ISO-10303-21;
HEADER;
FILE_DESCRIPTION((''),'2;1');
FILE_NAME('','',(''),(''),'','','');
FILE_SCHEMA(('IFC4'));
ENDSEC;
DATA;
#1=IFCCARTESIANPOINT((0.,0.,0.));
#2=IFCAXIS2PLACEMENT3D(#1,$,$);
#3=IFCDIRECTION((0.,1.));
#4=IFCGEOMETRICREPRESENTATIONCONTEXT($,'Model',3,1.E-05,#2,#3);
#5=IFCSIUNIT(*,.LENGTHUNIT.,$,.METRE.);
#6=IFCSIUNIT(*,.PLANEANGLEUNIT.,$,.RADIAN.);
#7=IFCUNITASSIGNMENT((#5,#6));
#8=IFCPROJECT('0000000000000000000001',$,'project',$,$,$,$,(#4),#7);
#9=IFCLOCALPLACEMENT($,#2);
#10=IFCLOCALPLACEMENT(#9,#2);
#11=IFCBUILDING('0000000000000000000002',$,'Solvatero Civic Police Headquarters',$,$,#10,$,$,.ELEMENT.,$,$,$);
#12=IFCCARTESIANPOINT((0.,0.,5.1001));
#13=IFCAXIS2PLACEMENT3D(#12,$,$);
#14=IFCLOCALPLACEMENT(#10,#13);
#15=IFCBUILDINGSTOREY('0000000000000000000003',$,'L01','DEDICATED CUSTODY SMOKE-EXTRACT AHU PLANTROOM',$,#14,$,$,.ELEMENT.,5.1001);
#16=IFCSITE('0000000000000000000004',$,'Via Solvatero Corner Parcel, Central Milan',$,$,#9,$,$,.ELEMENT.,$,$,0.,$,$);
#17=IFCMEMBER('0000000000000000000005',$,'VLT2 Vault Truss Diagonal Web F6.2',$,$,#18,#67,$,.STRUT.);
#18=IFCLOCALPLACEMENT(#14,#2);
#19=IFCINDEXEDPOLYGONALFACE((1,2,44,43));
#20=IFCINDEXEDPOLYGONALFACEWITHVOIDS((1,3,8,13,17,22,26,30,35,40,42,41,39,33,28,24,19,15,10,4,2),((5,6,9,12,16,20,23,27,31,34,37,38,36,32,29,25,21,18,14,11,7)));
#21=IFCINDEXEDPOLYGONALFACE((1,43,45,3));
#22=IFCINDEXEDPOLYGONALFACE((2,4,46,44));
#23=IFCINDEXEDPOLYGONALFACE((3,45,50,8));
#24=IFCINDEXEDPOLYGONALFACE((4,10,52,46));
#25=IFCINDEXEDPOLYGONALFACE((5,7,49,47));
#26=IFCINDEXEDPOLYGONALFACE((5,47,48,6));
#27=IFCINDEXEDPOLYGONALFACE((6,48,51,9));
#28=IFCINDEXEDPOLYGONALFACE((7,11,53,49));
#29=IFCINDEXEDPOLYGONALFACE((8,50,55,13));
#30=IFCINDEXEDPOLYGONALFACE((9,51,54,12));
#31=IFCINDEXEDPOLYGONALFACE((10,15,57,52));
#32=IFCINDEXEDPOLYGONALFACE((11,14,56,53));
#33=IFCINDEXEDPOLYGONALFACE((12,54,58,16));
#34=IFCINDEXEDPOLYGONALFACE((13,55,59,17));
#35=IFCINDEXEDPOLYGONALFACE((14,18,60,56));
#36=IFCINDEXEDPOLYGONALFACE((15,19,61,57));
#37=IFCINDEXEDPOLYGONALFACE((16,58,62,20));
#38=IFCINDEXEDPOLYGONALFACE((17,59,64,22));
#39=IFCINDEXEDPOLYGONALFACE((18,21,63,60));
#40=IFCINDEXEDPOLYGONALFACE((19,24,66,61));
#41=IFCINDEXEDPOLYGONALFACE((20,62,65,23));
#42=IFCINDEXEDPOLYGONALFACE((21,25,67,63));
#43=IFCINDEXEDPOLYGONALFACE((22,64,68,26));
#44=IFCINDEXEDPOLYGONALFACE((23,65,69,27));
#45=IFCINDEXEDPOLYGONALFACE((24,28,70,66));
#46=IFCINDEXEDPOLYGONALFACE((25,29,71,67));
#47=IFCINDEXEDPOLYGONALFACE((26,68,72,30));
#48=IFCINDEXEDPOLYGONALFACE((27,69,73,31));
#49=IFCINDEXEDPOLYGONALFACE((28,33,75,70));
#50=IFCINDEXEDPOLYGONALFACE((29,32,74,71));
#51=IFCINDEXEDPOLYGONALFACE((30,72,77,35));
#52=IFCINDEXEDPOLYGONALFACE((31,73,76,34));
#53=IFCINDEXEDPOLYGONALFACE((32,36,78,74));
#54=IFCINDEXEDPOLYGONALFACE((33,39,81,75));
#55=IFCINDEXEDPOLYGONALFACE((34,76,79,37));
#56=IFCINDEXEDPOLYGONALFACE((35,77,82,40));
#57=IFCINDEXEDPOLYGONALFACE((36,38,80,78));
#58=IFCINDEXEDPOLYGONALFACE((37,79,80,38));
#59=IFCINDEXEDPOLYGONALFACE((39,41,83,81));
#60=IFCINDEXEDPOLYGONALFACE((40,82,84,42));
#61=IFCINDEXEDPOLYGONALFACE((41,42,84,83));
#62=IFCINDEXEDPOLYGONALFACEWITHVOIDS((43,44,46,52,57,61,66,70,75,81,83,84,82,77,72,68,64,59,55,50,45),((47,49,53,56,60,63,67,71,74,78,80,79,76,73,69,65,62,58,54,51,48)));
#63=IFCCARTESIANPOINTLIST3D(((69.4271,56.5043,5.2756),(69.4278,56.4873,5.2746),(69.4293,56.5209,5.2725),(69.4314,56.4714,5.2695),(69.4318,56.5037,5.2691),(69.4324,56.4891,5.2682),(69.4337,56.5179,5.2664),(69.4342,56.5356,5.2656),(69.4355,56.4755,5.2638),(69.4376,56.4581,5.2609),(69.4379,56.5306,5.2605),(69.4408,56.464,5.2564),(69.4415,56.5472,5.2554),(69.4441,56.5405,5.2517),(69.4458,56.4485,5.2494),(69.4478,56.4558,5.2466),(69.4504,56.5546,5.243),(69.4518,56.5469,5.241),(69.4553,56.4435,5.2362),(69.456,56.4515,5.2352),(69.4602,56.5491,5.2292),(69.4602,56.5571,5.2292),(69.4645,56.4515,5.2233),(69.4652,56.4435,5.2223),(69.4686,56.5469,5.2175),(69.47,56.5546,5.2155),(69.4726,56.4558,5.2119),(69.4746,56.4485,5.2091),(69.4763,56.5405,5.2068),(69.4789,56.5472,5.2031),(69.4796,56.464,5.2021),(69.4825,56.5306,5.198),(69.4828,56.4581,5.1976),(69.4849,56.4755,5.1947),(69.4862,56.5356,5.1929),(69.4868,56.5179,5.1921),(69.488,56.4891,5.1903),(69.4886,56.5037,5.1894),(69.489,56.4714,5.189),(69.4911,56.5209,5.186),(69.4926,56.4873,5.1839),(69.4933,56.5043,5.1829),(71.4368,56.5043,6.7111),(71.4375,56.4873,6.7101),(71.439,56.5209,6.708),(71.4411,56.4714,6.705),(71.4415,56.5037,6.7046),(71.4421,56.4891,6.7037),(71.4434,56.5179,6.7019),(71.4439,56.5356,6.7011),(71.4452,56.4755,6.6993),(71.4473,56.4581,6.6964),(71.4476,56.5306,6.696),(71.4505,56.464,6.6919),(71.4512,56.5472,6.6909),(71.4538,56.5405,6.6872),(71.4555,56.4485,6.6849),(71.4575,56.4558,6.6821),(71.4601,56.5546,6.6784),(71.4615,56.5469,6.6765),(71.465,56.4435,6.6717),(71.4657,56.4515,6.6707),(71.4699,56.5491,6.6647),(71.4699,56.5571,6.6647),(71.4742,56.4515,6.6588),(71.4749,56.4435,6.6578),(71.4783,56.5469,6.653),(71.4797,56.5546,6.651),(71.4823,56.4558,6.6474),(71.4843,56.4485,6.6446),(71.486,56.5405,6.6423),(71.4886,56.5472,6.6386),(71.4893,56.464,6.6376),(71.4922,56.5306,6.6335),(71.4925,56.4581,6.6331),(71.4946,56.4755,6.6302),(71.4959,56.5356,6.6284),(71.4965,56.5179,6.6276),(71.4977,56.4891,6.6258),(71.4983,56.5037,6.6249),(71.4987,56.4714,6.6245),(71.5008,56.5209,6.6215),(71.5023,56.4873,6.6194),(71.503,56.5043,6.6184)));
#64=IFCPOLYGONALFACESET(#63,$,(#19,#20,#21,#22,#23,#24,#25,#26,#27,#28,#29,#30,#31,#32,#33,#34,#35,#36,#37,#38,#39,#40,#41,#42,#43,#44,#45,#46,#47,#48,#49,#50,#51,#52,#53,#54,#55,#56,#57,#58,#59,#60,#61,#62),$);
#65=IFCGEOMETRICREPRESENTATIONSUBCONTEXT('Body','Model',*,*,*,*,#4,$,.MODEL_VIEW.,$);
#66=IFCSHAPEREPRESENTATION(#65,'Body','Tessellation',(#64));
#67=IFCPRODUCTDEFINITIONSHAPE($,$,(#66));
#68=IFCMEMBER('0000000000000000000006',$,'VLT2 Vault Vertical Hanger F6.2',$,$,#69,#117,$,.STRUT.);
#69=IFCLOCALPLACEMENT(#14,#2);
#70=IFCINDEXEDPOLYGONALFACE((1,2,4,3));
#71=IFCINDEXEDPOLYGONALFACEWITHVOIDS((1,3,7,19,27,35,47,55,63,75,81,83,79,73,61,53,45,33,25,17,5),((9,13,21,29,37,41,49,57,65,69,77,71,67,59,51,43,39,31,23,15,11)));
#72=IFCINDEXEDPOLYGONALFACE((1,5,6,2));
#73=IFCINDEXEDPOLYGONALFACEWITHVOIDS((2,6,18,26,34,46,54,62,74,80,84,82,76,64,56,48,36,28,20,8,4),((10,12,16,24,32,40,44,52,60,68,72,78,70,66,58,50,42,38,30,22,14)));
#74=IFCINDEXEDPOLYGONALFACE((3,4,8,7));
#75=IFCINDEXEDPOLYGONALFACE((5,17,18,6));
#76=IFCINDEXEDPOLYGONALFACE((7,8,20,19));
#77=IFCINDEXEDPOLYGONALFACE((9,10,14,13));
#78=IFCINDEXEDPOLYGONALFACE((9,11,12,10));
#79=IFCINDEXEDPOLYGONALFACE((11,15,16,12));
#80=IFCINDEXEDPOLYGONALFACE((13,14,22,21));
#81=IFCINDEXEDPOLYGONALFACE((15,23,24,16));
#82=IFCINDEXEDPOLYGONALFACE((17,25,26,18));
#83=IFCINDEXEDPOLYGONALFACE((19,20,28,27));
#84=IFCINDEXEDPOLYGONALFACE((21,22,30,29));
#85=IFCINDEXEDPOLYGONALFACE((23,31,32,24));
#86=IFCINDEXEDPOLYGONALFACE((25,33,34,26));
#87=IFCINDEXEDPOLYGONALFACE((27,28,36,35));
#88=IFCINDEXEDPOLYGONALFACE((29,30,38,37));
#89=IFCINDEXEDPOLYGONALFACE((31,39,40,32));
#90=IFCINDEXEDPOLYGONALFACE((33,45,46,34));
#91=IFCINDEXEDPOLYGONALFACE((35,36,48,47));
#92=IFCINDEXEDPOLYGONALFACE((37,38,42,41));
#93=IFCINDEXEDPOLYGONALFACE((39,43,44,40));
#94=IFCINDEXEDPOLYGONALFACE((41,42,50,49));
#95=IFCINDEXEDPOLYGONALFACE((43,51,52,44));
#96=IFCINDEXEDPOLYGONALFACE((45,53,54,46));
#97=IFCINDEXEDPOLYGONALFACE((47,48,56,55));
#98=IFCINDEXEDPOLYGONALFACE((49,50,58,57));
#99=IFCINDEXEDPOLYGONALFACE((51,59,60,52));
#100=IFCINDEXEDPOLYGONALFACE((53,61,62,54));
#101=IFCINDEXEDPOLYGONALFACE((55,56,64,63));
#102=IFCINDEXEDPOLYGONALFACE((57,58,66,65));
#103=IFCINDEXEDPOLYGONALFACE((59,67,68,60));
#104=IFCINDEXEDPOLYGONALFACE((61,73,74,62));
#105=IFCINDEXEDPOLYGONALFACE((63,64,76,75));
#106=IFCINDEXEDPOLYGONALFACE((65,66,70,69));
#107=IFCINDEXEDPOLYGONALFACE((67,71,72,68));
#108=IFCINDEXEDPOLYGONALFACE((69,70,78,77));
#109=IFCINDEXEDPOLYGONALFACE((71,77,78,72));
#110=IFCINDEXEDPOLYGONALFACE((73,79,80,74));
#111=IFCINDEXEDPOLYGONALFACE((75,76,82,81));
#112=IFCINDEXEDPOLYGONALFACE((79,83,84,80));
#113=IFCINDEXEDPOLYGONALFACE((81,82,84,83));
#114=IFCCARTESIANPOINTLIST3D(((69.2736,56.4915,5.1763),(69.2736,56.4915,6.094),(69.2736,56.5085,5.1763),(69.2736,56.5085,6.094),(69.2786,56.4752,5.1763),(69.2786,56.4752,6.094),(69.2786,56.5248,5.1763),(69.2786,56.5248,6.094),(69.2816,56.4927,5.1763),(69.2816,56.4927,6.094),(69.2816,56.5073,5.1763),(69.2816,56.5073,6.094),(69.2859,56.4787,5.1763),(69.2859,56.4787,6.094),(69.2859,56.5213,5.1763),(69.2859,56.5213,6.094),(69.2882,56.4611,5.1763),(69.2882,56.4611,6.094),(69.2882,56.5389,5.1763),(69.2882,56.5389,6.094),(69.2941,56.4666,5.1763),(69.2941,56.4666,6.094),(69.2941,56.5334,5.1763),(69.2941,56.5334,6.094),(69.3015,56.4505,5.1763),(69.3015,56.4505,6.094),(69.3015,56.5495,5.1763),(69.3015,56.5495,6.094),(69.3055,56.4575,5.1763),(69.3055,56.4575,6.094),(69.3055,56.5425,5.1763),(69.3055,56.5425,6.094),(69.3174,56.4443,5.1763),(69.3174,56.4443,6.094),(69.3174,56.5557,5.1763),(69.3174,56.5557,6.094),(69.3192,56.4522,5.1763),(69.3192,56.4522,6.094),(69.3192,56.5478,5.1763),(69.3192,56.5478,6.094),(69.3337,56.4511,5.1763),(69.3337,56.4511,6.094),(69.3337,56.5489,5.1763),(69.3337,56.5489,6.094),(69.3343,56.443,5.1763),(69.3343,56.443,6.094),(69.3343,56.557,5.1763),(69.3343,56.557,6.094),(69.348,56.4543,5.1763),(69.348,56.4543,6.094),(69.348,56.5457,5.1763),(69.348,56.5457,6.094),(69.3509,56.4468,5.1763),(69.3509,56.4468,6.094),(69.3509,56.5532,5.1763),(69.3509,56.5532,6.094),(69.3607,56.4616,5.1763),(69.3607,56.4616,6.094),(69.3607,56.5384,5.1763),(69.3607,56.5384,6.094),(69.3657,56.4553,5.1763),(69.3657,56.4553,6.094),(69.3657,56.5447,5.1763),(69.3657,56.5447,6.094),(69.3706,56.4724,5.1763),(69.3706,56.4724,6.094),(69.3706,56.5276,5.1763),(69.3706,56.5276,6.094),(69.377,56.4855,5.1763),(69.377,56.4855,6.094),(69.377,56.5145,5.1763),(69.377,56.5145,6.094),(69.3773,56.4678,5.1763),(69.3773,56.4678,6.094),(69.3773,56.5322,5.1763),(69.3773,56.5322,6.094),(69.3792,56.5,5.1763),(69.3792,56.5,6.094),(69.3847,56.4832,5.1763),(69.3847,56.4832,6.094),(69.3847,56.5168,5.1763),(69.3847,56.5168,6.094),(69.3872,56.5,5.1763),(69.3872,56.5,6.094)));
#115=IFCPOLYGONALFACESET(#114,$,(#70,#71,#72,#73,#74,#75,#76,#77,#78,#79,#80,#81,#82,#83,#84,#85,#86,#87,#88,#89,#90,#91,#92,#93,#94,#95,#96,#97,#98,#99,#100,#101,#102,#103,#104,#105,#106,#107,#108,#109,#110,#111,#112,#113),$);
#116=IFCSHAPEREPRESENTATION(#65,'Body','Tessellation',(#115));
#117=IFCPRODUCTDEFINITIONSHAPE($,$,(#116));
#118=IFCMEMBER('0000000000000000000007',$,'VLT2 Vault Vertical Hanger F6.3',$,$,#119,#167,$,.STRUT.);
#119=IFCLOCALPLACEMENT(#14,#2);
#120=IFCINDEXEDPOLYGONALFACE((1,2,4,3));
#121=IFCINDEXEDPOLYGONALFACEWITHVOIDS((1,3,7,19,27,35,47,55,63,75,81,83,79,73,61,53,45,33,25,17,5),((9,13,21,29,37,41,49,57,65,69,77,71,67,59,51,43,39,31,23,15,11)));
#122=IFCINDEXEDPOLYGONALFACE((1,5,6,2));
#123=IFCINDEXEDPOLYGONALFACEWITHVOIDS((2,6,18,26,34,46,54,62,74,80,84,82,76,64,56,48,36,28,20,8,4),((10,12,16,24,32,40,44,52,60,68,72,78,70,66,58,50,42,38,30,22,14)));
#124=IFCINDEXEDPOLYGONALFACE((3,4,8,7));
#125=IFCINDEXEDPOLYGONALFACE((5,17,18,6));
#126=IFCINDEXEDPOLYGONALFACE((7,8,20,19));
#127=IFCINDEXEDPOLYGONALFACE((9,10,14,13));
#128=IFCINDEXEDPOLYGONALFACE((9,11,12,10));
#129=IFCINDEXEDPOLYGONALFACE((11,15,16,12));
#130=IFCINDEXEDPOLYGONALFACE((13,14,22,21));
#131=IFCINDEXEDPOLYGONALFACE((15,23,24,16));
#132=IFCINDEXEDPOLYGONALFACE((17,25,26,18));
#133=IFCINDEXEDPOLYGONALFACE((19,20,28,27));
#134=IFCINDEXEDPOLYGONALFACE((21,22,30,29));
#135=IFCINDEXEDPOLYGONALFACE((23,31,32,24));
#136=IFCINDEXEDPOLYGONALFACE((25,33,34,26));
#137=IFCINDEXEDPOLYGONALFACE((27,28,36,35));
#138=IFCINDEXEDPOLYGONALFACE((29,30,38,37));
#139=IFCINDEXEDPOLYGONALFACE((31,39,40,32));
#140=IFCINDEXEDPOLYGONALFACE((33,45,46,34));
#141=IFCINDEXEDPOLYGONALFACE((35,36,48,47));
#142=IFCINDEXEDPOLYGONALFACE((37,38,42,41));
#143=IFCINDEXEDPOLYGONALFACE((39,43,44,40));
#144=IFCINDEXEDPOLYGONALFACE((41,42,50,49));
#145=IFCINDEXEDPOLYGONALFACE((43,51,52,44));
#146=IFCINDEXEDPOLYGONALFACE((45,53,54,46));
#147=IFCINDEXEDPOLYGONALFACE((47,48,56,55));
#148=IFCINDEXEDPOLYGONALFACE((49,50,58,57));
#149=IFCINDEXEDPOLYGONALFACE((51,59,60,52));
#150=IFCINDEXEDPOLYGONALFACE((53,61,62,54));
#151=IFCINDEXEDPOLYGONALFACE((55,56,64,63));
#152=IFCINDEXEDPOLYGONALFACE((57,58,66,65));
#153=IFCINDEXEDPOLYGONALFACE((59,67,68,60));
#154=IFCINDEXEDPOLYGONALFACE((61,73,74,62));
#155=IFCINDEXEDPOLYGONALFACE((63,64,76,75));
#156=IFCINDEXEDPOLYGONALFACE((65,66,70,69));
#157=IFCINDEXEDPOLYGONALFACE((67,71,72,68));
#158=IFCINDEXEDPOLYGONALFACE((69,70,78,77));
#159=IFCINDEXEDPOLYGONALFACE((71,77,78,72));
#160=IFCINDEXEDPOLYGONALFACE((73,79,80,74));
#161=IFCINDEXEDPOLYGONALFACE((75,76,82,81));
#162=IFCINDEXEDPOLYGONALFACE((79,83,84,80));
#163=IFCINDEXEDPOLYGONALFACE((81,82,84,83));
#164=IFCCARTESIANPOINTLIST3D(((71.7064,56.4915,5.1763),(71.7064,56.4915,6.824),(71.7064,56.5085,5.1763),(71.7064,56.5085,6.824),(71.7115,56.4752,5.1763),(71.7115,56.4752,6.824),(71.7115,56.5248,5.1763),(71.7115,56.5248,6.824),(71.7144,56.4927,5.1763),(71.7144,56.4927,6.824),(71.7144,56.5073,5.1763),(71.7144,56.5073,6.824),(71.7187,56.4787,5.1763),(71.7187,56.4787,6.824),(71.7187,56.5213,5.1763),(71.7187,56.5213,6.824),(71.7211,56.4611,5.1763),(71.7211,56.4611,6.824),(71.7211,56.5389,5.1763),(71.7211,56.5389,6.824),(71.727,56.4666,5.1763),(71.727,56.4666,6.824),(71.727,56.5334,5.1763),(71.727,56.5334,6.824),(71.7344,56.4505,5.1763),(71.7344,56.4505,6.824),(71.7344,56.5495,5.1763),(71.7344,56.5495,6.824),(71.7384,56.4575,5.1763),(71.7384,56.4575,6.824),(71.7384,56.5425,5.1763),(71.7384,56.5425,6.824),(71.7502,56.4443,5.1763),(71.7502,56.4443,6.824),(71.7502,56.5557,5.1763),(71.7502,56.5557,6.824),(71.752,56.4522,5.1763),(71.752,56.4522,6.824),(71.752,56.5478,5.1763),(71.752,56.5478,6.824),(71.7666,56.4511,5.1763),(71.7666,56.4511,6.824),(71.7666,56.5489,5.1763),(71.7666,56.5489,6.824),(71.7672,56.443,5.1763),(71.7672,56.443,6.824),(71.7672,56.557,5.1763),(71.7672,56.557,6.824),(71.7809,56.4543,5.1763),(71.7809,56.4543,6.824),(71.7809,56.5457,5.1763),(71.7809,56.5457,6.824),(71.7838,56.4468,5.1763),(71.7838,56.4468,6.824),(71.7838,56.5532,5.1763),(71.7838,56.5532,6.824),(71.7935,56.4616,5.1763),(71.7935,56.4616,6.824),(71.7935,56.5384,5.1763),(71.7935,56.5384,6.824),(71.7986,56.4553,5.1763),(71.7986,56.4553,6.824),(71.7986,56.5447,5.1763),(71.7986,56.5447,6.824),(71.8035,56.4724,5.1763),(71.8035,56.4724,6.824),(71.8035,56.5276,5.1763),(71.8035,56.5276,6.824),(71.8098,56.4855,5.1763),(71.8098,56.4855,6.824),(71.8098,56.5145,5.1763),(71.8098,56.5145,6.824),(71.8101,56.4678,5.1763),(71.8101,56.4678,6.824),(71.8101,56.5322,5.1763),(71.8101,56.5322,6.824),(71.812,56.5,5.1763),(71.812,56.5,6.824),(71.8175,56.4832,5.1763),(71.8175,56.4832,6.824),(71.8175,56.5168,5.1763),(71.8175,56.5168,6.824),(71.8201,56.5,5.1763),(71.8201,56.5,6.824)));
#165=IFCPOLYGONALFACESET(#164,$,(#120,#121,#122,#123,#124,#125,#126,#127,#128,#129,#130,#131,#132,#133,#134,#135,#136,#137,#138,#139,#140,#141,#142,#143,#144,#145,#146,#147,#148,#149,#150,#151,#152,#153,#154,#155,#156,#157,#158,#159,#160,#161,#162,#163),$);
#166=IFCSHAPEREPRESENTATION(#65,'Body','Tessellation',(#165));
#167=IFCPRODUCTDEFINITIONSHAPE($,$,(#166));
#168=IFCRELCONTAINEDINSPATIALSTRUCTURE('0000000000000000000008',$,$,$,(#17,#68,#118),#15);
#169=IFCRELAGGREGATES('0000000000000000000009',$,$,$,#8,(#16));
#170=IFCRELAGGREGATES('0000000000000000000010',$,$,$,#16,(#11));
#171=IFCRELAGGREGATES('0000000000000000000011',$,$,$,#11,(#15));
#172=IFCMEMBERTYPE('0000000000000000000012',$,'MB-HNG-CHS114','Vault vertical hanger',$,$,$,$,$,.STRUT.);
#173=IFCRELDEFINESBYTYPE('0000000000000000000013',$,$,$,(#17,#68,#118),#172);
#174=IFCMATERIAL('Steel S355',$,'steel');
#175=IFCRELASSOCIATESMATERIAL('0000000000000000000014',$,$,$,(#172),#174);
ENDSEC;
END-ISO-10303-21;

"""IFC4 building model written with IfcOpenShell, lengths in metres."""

from ifc_helpers import new_model, si_unit, direction, frame, origin, origin_2d, place, context, subcontext, project, spatial, hollow_circle, extrude, material, material_profile, profile_set, type_object, element, save


model = new_model("IFC4")

# Units and contexts
model_context = context("Model", 3, precision=1e-05, world=origin(), true_north=direction((0.0, 1.0)))
body_context = subcontext(model_context, "Body", "Model", "MODEL_VIEW")
ifc_project = project(units=[si_unit("LENGTHUNIT", "METRE"), si_unit("PLANEANGLEUNIT", "RADIAN")], contexts=[model_context])

# Site, building, storey
site_placement = place(None, origin())
site = spatial("IfcSite", under=ifc_project, at=site_placement, Name="Via Solvatero Corner Parcel, Central Milan", CompositionType="ELEMENT", RefElevation=0.0)
building_placement = place(site_placement, origin())
building = spatial("IfcBuilding", under=site, at=building_placement, Name="Solvatero Civic Police Headquarters", CompositionType="ELEMENT")
storey_placement = place(building_placement, frame((0.0, 0.0, 5.1001)))
storey = spatial("IfcBuildingStorey", under=building, at=storey_placement, Name="L01", Description="DEDICATED CUSTODY SMOKE-EXTRACT AHU PLANTROOM", CompositionType="ELEMENT", Elevation=5.1001)

# Shared definitions
ifc_material = material(Name="Steel S355", Category="steel")

# Members
ifc_material_profile_1 = material_profile(ifc_material, hollow_circle(Radius=0.0571, WallThickness=0.0081, at=origin_2d()), Name="CHS 114.3x8.0")
ifc_profile_set_1 = profile_set([ifc_material_profile_1], Name="Steel S355")
member_type_1 = type_object("IfcMemberType", Name="MB-HNG-CHS114", Description="Vault vertical hanger", PredefinedType="STRUT", material=ifc_profile_set_1)
member_1_placement = place(storey_placement, frame((69.4602, 56.5, 5.2292), z_axis=(0.813733, 0.0, 0.581238), x_axis=(0.0, 1.0, 0.0)))
element("IfcMember", 1, at=member_1_placement, inside=storey, type_object=member_type_1, Name="VLT2 Vault Truss Diagonal Web F6.2", PredefinedType="STRUT", context=body_context, shape_type="SweptSolid", body=[
    extrude(hollow_circle(Radius=0.0571, WallThickness=0.0081, at=origin_2d()), origin(), (0.0, 0.0, 1.0), 2.4697),
])
member_2_placement = place(storey_placement, frame((69.3301, 56.5, 5.1763), z_axis=(0.0, 0.0, 1.0), x_axis=(1.0, 0.0, 0.0)))
element("IfcMember", 2, at=member_2_placement, inside=storey, type_object=member_type_1, Name="VLT2 Vault Vertical Hanger F6.2", PredefinedType="STRUT", context=body_context, shape_type="SweptSolid", body=[
    extrude(hollow_circle(Radius=0.0571, WallThickness=0.0081, at=origin_2d()), origin(), (0.0, 0.0, 1.0), 0.9177),
])
member_3_placement = place(storey_placement, frame((71.7629, 56.5, 5.1763), z_axis=(0.0, 0.0, 1.0), x_axis=(1.0, 0.0, 0.0)))
element("IfcMember", 3, at=member_3_placement, inside=storey, type_object=member_type_1, Name="VLT2 Vault Vertical Hanger F6.3", PredefinedType="STRUT", context=body_context, shape_type="SweptSolid", body=[
    extrude(hollow_circle(Radius=0.0571, WallThickness=0.0081, at=origin_2d()), origin(), (0.0, 0.0, 1.0), 1.6477),
])

save(model, "model.ifc")
